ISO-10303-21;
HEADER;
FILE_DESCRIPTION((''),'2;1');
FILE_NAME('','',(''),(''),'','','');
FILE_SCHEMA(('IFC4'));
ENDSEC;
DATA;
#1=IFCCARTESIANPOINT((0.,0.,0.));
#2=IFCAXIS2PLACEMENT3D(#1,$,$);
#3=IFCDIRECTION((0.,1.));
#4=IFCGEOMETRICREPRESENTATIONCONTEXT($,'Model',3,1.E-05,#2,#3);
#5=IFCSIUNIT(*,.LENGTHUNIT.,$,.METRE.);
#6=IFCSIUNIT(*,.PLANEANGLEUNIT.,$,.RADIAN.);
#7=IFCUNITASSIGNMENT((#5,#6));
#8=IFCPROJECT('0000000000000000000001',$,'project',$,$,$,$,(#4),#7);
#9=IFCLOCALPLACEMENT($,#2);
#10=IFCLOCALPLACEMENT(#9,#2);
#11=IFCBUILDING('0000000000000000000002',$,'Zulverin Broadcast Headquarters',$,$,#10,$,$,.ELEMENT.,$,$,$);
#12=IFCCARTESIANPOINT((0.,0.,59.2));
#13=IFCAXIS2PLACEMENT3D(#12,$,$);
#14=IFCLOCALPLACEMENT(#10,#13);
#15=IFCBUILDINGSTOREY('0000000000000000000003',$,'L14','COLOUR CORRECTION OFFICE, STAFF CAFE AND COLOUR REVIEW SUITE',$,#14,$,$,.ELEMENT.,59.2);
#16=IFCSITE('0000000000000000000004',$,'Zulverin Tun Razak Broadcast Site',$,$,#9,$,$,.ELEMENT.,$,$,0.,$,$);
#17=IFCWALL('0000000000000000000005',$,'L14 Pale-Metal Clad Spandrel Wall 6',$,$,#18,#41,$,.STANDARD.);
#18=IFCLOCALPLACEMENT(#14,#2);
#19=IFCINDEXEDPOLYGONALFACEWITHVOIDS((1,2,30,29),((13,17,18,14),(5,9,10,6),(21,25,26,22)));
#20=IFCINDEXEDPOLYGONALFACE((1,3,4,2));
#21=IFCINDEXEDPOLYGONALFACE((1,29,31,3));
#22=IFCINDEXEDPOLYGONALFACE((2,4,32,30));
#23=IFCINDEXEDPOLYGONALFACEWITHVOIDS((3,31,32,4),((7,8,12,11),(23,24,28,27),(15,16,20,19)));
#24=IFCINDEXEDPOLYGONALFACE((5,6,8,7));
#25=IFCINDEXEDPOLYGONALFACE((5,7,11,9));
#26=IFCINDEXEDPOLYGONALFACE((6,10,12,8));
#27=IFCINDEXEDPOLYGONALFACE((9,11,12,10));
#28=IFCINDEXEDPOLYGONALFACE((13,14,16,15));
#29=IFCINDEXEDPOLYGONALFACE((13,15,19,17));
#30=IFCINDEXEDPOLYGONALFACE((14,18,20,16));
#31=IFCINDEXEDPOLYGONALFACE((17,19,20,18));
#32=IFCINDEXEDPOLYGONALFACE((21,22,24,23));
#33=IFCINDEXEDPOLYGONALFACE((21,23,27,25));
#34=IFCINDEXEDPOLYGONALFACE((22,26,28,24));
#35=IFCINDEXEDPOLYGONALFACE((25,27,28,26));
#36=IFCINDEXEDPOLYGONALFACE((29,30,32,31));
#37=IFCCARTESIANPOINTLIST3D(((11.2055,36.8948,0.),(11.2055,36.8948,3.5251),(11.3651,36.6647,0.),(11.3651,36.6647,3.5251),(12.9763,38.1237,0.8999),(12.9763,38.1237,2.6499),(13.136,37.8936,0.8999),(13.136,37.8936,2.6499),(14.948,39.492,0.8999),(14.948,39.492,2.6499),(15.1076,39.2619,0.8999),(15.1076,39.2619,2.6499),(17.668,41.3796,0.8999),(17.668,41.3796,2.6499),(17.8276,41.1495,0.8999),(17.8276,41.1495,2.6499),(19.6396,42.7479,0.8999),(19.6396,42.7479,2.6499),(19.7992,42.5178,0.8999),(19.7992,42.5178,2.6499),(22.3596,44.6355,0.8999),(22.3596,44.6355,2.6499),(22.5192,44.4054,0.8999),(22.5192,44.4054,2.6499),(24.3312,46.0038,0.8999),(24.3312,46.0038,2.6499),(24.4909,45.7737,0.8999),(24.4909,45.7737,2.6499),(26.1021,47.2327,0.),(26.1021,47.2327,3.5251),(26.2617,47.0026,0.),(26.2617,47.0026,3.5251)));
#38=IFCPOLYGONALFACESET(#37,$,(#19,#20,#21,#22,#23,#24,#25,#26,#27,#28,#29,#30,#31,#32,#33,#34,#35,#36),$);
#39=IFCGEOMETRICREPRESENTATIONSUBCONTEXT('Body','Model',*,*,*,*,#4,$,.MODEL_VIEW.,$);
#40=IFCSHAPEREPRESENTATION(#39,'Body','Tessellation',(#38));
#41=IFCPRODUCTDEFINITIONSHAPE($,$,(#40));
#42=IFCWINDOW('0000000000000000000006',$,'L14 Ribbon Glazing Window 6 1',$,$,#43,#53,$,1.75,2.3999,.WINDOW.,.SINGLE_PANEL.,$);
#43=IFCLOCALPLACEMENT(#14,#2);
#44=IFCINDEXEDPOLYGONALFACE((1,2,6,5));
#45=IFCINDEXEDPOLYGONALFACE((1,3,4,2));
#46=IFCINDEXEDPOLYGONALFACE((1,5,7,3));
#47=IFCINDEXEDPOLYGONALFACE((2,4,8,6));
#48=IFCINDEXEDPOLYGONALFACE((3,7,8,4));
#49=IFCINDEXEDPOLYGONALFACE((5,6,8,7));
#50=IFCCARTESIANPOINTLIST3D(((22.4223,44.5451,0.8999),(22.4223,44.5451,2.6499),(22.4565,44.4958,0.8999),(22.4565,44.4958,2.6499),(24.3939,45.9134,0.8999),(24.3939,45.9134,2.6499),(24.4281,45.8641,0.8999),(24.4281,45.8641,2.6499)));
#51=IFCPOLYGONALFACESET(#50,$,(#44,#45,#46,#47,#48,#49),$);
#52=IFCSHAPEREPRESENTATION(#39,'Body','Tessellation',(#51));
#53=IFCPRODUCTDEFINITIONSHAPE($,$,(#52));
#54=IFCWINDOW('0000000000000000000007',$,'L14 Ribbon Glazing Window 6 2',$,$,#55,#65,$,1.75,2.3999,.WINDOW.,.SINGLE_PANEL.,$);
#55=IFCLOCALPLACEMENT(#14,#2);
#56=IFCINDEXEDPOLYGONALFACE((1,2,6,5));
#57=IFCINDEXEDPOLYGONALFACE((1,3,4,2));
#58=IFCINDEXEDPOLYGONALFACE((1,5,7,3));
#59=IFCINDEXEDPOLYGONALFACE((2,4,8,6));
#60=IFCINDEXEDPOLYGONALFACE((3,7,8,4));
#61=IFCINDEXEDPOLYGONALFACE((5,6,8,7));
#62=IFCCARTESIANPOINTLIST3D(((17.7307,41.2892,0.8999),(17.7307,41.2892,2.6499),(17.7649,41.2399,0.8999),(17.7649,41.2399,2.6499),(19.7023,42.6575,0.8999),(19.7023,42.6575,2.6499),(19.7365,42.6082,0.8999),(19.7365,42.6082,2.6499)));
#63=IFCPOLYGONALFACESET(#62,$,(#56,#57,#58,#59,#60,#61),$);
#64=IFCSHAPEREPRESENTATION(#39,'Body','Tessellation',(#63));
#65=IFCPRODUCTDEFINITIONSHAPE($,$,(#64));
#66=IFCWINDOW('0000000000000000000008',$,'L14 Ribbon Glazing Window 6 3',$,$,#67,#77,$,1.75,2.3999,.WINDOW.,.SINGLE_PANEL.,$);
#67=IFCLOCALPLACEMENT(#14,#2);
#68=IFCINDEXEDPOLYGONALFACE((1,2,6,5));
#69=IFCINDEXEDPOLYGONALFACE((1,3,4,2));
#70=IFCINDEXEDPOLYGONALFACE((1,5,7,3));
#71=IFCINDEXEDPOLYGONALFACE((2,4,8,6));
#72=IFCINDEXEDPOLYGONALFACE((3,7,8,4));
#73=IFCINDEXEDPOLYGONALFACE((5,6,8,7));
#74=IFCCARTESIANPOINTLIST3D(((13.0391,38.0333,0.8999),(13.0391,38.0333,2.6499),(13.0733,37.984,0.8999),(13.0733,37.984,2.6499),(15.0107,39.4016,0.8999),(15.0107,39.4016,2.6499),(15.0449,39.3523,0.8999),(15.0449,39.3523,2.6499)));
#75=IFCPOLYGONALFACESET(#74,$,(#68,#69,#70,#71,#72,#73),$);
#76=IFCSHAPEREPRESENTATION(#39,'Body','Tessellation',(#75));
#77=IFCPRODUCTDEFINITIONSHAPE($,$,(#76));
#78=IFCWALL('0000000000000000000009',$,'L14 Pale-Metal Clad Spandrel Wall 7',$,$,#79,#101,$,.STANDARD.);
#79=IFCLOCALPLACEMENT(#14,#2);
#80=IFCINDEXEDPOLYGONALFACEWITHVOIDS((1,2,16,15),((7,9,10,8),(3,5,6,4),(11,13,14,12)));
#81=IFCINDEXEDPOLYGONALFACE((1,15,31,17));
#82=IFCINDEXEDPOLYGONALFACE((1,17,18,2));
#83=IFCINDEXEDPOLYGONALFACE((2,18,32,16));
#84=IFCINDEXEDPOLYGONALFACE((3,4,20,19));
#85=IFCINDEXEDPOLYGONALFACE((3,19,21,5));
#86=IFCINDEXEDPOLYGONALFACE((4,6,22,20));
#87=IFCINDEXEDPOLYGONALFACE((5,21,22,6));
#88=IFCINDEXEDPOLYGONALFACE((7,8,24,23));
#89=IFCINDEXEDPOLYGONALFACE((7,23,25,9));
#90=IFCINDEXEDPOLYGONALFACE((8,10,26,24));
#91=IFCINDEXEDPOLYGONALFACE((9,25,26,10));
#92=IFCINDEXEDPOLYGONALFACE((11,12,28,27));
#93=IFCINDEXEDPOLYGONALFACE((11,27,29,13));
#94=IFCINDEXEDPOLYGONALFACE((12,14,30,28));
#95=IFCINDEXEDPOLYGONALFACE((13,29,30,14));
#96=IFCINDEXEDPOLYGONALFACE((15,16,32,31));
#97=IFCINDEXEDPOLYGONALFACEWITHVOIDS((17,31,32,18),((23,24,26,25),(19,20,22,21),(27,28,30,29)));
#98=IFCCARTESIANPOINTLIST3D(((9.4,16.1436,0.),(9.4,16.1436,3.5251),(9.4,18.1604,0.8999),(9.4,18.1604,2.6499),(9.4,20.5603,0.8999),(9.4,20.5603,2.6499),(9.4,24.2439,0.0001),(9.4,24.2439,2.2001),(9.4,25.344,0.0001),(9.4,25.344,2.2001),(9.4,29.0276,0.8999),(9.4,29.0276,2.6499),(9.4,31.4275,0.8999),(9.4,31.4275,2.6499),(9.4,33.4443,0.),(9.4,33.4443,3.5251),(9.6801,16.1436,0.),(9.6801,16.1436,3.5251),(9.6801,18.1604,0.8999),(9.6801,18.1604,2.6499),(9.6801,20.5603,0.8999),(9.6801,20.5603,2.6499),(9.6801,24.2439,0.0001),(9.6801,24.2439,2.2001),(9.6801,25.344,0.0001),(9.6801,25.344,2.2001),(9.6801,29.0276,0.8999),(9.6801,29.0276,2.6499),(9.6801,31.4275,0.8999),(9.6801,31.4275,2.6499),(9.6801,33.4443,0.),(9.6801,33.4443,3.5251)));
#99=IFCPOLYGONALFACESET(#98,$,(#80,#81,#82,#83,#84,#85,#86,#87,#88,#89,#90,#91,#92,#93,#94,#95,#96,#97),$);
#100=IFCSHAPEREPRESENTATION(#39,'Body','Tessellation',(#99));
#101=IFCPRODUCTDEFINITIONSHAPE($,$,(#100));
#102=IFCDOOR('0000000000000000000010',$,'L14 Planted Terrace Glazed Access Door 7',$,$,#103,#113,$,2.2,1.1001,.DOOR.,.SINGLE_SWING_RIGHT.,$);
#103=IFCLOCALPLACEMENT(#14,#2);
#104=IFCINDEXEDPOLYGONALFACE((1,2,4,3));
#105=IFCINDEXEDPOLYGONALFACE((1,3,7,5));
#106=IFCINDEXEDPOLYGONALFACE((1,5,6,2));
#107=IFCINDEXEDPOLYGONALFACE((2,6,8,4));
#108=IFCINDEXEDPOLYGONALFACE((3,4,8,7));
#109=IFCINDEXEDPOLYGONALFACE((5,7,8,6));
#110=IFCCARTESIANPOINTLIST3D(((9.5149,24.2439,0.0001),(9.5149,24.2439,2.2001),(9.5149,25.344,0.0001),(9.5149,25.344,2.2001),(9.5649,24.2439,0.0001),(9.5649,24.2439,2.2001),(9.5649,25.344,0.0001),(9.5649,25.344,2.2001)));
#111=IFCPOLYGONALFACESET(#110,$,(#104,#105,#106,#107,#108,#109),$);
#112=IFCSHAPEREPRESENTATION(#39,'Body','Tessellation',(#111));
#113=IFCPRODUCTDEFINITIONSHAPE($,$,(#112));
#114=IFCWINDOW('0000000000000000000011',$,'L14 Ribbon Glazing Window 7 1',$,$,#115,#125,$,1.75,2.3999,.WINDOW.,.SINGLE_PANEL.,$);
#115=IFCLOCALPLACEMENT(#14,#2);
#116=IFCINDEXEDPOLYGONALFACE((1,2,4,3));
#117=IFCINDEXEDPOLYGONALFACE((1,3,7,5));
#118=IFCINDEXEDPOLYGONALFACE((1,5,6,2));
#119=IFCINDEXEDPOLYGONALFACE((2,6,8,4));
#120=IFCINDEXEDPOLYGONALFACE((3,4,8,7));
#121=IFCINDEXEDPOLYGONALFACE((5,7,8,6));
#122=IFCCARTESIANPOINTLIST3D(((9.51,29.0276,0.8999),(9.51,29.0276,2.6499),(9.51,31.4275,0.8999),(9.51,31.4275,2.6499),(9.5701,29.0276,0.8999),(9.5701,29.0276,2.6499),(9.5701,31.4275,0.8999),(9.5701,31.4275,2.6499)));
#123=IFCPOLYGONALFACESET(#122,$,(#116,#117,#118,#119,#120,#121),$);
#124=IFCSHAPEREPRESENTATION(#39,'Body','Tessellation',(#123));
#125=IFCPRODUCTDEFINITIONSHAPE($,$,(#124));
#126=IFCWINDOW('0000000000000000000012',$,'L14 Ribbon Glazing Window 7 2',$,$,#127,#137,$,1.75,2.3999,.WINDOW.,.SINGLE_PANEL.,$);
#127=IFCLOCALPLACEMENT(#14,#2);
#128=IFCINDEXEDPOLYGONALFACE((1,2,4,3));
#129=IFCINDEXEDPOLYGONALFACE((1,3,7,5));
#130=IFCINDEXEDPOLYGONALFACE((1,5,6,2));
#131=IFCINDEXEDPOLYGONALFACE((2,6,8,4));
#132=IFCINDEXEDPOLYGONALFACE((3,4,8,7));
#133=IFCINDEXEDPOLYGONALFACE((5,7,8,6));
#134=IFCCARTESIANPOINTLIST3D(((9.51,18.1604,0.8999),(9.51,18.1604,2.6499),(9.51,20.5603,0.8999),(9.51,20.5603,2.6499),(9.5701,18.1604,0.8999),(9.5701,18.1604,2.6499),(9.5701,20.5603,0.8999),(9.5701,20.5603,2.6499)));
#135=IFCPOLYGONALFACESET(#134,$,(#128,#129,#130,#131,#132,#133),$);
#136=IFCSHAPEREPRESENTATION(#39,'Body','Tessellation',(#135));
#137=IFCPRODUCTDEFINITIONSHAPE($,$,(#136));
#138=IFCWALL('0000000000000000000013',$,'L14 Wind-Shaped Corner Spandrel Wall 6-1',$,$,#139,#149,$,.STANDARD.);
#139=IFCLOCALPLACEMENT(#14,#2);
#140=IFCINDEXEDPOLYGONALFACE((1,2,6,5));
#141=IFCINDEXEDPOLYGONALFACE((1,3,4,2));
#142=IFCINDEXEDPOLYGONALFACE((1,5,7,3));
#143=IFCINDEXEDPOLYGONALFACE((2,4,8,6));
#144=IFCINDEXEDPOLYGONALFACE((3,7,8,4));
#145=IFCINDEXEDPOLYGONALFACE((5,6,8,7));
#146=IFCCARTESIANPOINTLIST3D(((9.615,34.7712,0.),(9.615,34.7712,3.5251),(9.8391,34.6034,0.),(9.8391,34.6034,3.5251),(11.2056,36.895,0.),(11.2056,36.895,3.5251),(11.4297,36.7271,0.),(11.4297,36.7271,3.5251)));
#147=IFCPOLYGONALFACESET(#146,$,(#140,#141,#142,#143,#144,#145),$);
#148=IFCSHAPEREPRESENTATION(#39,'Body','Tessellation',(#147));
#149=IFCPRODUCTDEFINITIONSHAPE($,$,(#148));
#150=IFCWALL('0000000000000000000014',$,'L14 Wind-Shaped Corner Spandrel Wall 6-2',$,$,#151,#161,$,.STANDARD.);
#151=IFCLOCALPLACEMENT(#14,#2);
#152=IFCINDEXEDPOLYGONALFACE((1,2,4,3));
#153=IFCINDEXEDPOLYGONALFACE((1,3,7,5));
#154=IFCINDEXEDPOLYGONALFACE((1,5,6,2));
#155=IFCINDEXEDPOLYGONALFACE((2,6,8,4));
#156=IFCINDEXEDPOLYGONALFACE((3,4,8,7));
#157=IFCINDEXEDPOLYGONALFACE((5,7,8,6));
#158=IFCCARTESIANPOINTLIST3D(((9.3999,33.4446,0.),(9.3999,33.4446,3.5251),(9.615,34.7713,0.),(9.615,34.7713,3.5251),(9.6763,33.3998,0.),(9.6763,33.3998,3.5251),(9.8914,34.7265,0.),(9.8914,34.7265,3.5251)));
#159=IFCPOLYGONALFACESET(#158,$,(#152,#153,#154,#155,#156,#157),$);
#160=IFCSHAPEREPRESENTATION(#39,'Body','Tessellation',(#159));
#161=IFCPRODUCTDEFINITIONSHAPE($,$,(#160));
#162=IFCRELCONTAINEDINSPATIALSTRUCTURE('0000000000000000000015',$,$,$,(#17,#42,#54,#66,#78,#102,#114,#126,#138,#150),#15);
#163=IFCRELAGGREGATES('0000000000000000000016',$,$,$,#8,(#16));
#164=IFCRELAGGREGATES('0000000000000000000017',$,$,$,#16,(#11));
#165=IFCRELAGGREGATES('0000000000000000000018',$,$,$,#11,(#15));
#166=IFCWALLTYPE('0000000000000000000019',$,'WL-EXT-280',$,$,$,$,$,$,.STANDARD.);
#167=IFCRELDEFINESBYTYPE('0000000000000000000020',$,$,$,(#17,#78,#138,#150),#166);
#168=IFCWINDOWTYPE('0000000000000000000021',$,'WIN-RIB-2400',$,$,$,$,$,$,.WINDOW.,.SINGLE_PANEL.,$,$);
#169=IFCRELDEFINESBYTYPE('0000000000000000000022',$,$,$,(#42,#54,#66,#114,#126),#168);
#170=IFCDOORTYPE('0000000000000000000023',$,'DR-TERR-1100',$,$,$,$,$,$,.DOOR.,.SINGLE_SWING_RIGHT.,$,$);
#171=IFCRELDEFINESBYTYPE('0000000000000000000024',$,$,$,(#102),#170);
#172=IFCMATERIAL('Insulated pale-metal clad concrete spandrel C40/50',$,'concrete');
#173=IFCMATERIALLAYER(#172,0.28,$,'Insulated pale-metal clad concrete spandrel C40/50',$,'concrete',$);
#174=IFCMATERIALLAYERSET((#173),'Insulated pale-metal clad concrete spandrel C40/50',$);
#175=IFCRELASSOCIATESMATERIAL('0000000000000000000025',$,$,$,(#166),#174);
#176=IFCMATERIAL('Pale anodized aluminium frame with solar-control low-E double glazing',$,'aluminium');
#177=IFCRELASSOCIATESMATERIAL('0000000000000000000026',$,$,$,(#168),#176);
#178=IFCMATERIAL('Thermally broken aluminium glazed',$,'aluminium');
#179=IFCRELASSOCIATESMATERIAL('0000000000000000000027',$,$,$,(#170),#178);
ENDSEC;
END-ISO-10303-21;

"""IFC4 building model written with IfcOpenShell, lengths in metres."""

from ifc_helpers import new_model, si_unit, direction, frame, frame_2d, origin, place, context, subcontext, project, spatial, rectangle, extrude, material, layer, layer_set, type_object, element, fill, save


model = new_model("IFC4")

# Units and contexts
model_context = context("Model", 3, precision=1e-05, world=origin(), true_north=direction((0.0, 1.0)))
body_context = subcontext(model_context, "Body", "Model", "MODEL_VIEW")
ifc_project = project(units=[si_unit("LENGTHUNIT", "METRE"), si_unit("PLANEANGLEUNIT", "RADIAN")], contexts=[model_context])

# Site, building, storey
site_placement = place(None, origin())
site = spatial("IfcSite", under=ifc_project, at=site_placement, Name="Zulverin Tun Razak Broadcast Site", CompositionType="ELEMENT", RefElevation=0.0)
building_placement = place(site_placement, origin())
building = spatial("IfcBuilding", under=site, at=building_placement, Name="Zulverin Broadcast Headquarters", CompositionType="ELEMENT")
storey_placement = place(building_placement, frame((0.0, 0.0, 59.2)))
storey = spatial("IfcBuildingStorey", under=building, at=storey_placement, Name="L14", Description="COLOUR CORRECTION OFFICE, STAFF CAFE AND COLOUR REVIEW SUITE", CompositionType="ELEMENT", Elevation=59.2)

# Wall, openings, windows
ifc_material_1 = material(Name="Insulated pale-metal clad concrete spandrel C40/50", Category="concrete")
ifc_layer_1 = layer(ifc_material_1, 0.28, Name="Insulated pale-metal clad concrete spandrel C40/50", Category="concrete")
ifc_layer_set_1 = layer_set([ifc_layer_1], Name="Insulated pale-metal clad concrete spandrel C40/50")
wall_type_1 = type_object("IfcWallType", Name="WL-EXT-280", PredefinedType="STANDARD", material=ifc_layer_set_1)
wall_1_placement = place(storey_placement, frame((26.1819, 47.1177, 0.0), z_axis=(0.0, 0.0, 1.0), x_axis=(-0.821548, -0.570139, 0.0)))
wall_1 = element("IfcWall", 1, at=wall_1_placement, inside=storey, type_object=wall_type_1, Name="L14 Pale-Metal Clad Spandrel Wall 6", PredefinedType="STANDARD", context=body_context, shape_type="SweptSolid", body=[
    extrude(rectangle(XDim=18.1323, YDim=0.28, at=frame_2d((9.0662, 0.0))), origin(), (0.0, 0.0, 1.0), 3.5251),
])
opening_1_placement = place(wall_1_placement, frame((2.1555, 0.0, 0.8999)))
opening_1 = element("IfcOpeningElement", 2, at=opening_1_placement, cuts=wall_1, PredefinedType="OPENING", context=body_context, shape_type="SweptSolid", body=[
    extrude(rectangle(XDim=2.3999, YDim=1.75, at=frame_2d((1.2, 0.875))), frame((0.0, 0.1499, 0.0), z_axis=(0.0, -1.0, 0.0), x_axis=(1.0, 0.0, 0.0)), (0.0, 0.0, 1.0), 0.3),
])
opening_2_placement = place(wall_1_placement, frame((7.8662, 0.0, 0.8999)))
opening_2 = element("IfcOpeningElement", 3, at=opening_2_placement, cuts=wall_1, PredefinedType="OPENING", context=body_context, shape_type="SweptSolid", body=[
    extrude(rectangle(XDim=2.3999, YDim=1.75, at=frame_2d((1.2, 0.875))), frame((0.0, 0.1499, 0.0), z_axis=(0.0, -1.0, 0.0), x_axis=(1.0, 0.0, 0.0)), (0.0, 0.0, 1.0), 0.3),
])
opening_3_placement = place(wall_1_placement, frame((13.5769, 0.0, 0.8999)))
opening_3 = element("IfcOpeningElement", 4, at=opening_3_placement, cuts=wall_1, PredefinedType="OPENING", context=body_context, shape_type="SweptSolid", body=[
    extrude(rectangle(XDim=2.3999, YDim=1.75, at=frame_2d((1.2, 0.875))), frame((0.0, 0.1499, 0.0), z_axis=(0.0, -1.0, 0.0), x_axis=(1.0, 0.0, 0.0)), (0.0, 0.0, 1.0), 0.3),
])
ifc_material_2 = material(Name="Pale anodized aluminium frame with solar-control low-E double glazing", Category="aluminium")
window_type = type_object("IfcWindowType", Name="WIN-RIB-2400", PartitioningType="SINGLE_PANEL", PredefinedType="WINDOW", material=ifc_material_2)
window_1_placement = place(opening_1_placement, origin())
window_1 = element("IfcWindow", 5, at=window_1_placement, inside=storey, type_object=window_type, Name="L14 Ribbon Glazing Window 6 1", OverallHeight=1.75, OverallWidth=2.3999, PartitioningType="SINGLE_PANEL", PredefinedType="WINDOW", context=body_context, shape_type="SweptSolid", body=[
    extrude(rectangle(XDim=2.3999, YDim=1.75, at=frame_2d((1.2, 0.875))), frame((0.0, 0.03, 0.0), z_axis=(0.0, -1.0, 0.0), x_axis=(1.0, 0.0, 0.0)), (0.0, 0.0, 1.0), 0.0601),
])
fill(opening_1, window_1)
window_2_placement = place(opening_2_placement, origin())
window_2 = element("IfcWindow", 6, at=window_2_placement, inside=storey, type_object=window_type, Name="L14 Ribbon Glazing Window 6 2", OverallHeight=1.75, OverallWidth=2.3999, PartitioningType="SINGLE_PANEL", PredefinedType="WINDOW", context=body_context, shape_type="SweptSolid", body=[
    extrude(rectangle(XDim=2.3999, YDim=1.75, at=frame_2d((1.2, 0.875))), frame((0.0, 0.03, 0.0), z_axis=(0.0, -1.0, 0.0), x_axis=(1.0, 0.0, 0.0)), (0.0, 0.0, 1.0), 0.0601),
])
fill(opening_2, window_2)
window_3_placement = place(opening_3_placement, origin())
window_3 = element("IfcWindow", 7, at=window_3_placement, inside=storey, type_object=window_type, Name="L14 Ribbon Glazing Window 6 3", OverallHeight=1.75, OverallWidth=2.3999, PartitioningType="SINGLE_PANEL", PredefinedType="WINDOW", context=body_context, shape_type="SweptSolid", body=[
    extrude(rectangle(XDim=2.3999, YDim=1.75, at=frame_2d((1.2, 0.875))), frame((0.0, 0.03, 0.0), z_axis=(0.0, -1.0, 0.0), x_axis=(1.0, 0.0, 0.0)), (0.0, 0.0, 1.0), 0.0601),
])
fill(opening_3, window_3)

# Wall, openings, door, windows
wall_2_placement = place(storey_placement, frame((9.54, 33.4443, 0.0), z_axis=(0.0, 0.0, 1.0), x_axis=(0.0, -1.0, 0.0)))
wall_2 = element("IfcWall", 8, at=wall_2_placement, inside=storey, type_object=wall_type_1, Name="L14 Pale-Metal Clad Spandrel Wall 7", PredefinedType="STANDARD", context=body_context, shape_type="SweptSolid", body=[
    extrude(rectangle(XDim=17.3008, YDim=0.28, at=frame_2d((8.6504, 0.0))), origin(), (0.0, 0.0, 1.0), 3.5251),
])
opening_4_placement = place(wall_2_placement, frame((8.1003, 0.0, 0.0)))
opening_4 = element("IfcOpeningElement", 9, at=opening_4_placement, cuts=wall_2, PredefinedType="OPENING", context=body_context, shape_type="SweptSolid", body=[
    extrude(rectangle(XDim=1.1001, YDim=2.2, at=frame_2d((0.55, 1.1001))), frame((0.0, 0.1499, 0.0), z_axis=(0.0, -1.0, 0.0), x_axis=(1.0, 0.0, 0.0)), (0.0, 0.0, 1.0), 0.3),
])
opening_5_placement = place(wall_2_placement, frame((2.0168, 0.0, 0.8999)))
opening_5 = element("IfcOpeningElement", 10, at=opening_5_placement, cuts=wall_2, PredefinedType="OPENING", context=body_context, shape_type="SweptSolid", body=[
    extrude(rectangle(XDim=2.3999, YDim=1.75, at=frame_2d((1.2, 0.875))), frame((0.0, 0.1499, 0.0), z_axis=(0.0, -1.0, 0.0), x_axis=(1.0, 0.0, 0.0)), (0.0, 0.0, 1.0), 0.3),
])
opening_6_placement = place(wall_2_placement, frame((12.884, 0.0, 0.8999)))
opening_6 = element("IfcOpeningElement", 11, at=opening_6_placement, cuts=wall_2, PredefinedType="OPENING", context=body_context, shape_type="SweptSolid", body=[
    extrude(rectangle(XDim=2.3999, YDim=1.75, at=frame_2d((1.2, 0.875))), frame((0.0, 0.1499, 0.0), z_axis=(0.0, -1.0, 0.0), x_axis=(1.0, 0.0, 0.0)), (0.0, 0.0, 1.0), 0.3),
])
ifc_material_3 = material(Name="Thermally broken aluminium glazed", Category="aluminium")
door_type_1 = type_object("IfcDoorType", Name="DR-TERR-1100", OperationType="SINGLE_SWING_RIGHT", PredefinedType="DOOR", material=ifc_material_3)
door_1_placement = place(opening_4_placement, origin())
door_1 = element("IfcDoor", 12, at=door_1_placement, inside=storey, type_object=door_type_1, Name="L14 Planted Terrace Glazed Access Door 7", OperationType="SINGLE_SWING_RIGHT", OverallHeight=2.2, OverallWidth=1.1001, PredefinedType="DOOR", context=body_context, shape_type="SweptSolid", body=[
    extrude(rectangle(XDim=1.1001, YDim=2.2, at=frame_2d((0.55, 1.1001))), frame((0.0, 0.0249, 0.0), z_axis=(0.0, -1.0, 0.0), x_axis=(1.0, 0.0, 0.0)), (0.0, 0.0, 1.0), 0.05),
])
fill(opening_4, door_1)
window_4_placement = place(opening_5_placement, origin())
window_4 = element("IfcWindow", 13, at=window_4_placement, inside=storey, type_object=window_type, Name="L14 Ribbon Glazing Window 7 1", OverallHeight=1.75, OverallWidth=2.3999, PartitioningType="SINGLE_PANEL", PredefinedType="WINDOW", context=body_context, shape_type="SweptSolid", body=[
    extrude(rectangle(XDim=2.3999, YDim=1.75, at=frame_2d((1.2, 0.875))), frame((0.0, 0.03, 0.0), z_axis=(0.0, -1.0, 0.0), x_axis=(1.0, 0.0, 0.0)), (0.0, 0.0, 1.0), 0.0601),
])
fill(opening_5, window_4)
window_5_placement = place(opening_6_placement, origin())
window_5 = element("IfcWindow", 14, at=window_5_placement, inside=storey, type_object=window_type, Name="L14 Ribbon Glazing Window 7 2", OverallHeight=1.75, OverallWidth=2.3999, PartitioningType="SINGLE_PANEL", PredefinedType="WINDOW", context=body_context, shape_type="SweptSolid", body=[
    extrude(rectangle(XDim=2.3999, YDim=1.75, at=frame_2d((1.2, 0.875))), frame((0.0, 0.03, 0.0), z_axis=(0.0, -1.0, 0.0), x_axis=(1.0, 0.0, 0.0)), (0.0, 0.0, 1.0), 0.0601),
])
fill(opening_6, window_5)

# Walls
wall_3_placement = place(storey_placement, frame((11.3176, 36.811, 0.0), z_axis=(0.0, 0.0, 1.0), x_axis=(-0.599455, -0.800408, 0.0)))
element("IfcWall", 15, at=wall_3_placement, inside=storey, type_object=wall_type_1, Name="L14 Wind-Shaped Corner Spandrel Wall 6-1", PredefinedType="STANDARD", context=body_context, shape_type="SweptSolid", body=[
    extrude(rectangle(XDim=2.6533, YDim=0.28, at=frame_2d((1.3267, 0.0))), origin(), (0.0, 0.0, 1.0), 3.5251),
])
wall_4_placement = place(storey_placement, frame((9.7532, 34.7488, 0.0), z_axis=(0.0, 0.0, 1.0), x_axis=(-0.160038, -0.987111, 0.0)))
element("IfcWall", 16, at=wall_4_placement, inside=storey, type_object=wall_type_1, Name="L14 Wind-Shaped Corner Spandrel Wall 6-2", PredefinedType="STANDARD", context=body_context, shape_type="SweptSolid", body=[
    extrude(rectangle(XDim=1.344, YDim=0.28, at=frame_2d((0.6719, 0.0))), origin(), (0.0, 0.0, 1.0), 3.5251),
])

save(model, "model.ifc")
